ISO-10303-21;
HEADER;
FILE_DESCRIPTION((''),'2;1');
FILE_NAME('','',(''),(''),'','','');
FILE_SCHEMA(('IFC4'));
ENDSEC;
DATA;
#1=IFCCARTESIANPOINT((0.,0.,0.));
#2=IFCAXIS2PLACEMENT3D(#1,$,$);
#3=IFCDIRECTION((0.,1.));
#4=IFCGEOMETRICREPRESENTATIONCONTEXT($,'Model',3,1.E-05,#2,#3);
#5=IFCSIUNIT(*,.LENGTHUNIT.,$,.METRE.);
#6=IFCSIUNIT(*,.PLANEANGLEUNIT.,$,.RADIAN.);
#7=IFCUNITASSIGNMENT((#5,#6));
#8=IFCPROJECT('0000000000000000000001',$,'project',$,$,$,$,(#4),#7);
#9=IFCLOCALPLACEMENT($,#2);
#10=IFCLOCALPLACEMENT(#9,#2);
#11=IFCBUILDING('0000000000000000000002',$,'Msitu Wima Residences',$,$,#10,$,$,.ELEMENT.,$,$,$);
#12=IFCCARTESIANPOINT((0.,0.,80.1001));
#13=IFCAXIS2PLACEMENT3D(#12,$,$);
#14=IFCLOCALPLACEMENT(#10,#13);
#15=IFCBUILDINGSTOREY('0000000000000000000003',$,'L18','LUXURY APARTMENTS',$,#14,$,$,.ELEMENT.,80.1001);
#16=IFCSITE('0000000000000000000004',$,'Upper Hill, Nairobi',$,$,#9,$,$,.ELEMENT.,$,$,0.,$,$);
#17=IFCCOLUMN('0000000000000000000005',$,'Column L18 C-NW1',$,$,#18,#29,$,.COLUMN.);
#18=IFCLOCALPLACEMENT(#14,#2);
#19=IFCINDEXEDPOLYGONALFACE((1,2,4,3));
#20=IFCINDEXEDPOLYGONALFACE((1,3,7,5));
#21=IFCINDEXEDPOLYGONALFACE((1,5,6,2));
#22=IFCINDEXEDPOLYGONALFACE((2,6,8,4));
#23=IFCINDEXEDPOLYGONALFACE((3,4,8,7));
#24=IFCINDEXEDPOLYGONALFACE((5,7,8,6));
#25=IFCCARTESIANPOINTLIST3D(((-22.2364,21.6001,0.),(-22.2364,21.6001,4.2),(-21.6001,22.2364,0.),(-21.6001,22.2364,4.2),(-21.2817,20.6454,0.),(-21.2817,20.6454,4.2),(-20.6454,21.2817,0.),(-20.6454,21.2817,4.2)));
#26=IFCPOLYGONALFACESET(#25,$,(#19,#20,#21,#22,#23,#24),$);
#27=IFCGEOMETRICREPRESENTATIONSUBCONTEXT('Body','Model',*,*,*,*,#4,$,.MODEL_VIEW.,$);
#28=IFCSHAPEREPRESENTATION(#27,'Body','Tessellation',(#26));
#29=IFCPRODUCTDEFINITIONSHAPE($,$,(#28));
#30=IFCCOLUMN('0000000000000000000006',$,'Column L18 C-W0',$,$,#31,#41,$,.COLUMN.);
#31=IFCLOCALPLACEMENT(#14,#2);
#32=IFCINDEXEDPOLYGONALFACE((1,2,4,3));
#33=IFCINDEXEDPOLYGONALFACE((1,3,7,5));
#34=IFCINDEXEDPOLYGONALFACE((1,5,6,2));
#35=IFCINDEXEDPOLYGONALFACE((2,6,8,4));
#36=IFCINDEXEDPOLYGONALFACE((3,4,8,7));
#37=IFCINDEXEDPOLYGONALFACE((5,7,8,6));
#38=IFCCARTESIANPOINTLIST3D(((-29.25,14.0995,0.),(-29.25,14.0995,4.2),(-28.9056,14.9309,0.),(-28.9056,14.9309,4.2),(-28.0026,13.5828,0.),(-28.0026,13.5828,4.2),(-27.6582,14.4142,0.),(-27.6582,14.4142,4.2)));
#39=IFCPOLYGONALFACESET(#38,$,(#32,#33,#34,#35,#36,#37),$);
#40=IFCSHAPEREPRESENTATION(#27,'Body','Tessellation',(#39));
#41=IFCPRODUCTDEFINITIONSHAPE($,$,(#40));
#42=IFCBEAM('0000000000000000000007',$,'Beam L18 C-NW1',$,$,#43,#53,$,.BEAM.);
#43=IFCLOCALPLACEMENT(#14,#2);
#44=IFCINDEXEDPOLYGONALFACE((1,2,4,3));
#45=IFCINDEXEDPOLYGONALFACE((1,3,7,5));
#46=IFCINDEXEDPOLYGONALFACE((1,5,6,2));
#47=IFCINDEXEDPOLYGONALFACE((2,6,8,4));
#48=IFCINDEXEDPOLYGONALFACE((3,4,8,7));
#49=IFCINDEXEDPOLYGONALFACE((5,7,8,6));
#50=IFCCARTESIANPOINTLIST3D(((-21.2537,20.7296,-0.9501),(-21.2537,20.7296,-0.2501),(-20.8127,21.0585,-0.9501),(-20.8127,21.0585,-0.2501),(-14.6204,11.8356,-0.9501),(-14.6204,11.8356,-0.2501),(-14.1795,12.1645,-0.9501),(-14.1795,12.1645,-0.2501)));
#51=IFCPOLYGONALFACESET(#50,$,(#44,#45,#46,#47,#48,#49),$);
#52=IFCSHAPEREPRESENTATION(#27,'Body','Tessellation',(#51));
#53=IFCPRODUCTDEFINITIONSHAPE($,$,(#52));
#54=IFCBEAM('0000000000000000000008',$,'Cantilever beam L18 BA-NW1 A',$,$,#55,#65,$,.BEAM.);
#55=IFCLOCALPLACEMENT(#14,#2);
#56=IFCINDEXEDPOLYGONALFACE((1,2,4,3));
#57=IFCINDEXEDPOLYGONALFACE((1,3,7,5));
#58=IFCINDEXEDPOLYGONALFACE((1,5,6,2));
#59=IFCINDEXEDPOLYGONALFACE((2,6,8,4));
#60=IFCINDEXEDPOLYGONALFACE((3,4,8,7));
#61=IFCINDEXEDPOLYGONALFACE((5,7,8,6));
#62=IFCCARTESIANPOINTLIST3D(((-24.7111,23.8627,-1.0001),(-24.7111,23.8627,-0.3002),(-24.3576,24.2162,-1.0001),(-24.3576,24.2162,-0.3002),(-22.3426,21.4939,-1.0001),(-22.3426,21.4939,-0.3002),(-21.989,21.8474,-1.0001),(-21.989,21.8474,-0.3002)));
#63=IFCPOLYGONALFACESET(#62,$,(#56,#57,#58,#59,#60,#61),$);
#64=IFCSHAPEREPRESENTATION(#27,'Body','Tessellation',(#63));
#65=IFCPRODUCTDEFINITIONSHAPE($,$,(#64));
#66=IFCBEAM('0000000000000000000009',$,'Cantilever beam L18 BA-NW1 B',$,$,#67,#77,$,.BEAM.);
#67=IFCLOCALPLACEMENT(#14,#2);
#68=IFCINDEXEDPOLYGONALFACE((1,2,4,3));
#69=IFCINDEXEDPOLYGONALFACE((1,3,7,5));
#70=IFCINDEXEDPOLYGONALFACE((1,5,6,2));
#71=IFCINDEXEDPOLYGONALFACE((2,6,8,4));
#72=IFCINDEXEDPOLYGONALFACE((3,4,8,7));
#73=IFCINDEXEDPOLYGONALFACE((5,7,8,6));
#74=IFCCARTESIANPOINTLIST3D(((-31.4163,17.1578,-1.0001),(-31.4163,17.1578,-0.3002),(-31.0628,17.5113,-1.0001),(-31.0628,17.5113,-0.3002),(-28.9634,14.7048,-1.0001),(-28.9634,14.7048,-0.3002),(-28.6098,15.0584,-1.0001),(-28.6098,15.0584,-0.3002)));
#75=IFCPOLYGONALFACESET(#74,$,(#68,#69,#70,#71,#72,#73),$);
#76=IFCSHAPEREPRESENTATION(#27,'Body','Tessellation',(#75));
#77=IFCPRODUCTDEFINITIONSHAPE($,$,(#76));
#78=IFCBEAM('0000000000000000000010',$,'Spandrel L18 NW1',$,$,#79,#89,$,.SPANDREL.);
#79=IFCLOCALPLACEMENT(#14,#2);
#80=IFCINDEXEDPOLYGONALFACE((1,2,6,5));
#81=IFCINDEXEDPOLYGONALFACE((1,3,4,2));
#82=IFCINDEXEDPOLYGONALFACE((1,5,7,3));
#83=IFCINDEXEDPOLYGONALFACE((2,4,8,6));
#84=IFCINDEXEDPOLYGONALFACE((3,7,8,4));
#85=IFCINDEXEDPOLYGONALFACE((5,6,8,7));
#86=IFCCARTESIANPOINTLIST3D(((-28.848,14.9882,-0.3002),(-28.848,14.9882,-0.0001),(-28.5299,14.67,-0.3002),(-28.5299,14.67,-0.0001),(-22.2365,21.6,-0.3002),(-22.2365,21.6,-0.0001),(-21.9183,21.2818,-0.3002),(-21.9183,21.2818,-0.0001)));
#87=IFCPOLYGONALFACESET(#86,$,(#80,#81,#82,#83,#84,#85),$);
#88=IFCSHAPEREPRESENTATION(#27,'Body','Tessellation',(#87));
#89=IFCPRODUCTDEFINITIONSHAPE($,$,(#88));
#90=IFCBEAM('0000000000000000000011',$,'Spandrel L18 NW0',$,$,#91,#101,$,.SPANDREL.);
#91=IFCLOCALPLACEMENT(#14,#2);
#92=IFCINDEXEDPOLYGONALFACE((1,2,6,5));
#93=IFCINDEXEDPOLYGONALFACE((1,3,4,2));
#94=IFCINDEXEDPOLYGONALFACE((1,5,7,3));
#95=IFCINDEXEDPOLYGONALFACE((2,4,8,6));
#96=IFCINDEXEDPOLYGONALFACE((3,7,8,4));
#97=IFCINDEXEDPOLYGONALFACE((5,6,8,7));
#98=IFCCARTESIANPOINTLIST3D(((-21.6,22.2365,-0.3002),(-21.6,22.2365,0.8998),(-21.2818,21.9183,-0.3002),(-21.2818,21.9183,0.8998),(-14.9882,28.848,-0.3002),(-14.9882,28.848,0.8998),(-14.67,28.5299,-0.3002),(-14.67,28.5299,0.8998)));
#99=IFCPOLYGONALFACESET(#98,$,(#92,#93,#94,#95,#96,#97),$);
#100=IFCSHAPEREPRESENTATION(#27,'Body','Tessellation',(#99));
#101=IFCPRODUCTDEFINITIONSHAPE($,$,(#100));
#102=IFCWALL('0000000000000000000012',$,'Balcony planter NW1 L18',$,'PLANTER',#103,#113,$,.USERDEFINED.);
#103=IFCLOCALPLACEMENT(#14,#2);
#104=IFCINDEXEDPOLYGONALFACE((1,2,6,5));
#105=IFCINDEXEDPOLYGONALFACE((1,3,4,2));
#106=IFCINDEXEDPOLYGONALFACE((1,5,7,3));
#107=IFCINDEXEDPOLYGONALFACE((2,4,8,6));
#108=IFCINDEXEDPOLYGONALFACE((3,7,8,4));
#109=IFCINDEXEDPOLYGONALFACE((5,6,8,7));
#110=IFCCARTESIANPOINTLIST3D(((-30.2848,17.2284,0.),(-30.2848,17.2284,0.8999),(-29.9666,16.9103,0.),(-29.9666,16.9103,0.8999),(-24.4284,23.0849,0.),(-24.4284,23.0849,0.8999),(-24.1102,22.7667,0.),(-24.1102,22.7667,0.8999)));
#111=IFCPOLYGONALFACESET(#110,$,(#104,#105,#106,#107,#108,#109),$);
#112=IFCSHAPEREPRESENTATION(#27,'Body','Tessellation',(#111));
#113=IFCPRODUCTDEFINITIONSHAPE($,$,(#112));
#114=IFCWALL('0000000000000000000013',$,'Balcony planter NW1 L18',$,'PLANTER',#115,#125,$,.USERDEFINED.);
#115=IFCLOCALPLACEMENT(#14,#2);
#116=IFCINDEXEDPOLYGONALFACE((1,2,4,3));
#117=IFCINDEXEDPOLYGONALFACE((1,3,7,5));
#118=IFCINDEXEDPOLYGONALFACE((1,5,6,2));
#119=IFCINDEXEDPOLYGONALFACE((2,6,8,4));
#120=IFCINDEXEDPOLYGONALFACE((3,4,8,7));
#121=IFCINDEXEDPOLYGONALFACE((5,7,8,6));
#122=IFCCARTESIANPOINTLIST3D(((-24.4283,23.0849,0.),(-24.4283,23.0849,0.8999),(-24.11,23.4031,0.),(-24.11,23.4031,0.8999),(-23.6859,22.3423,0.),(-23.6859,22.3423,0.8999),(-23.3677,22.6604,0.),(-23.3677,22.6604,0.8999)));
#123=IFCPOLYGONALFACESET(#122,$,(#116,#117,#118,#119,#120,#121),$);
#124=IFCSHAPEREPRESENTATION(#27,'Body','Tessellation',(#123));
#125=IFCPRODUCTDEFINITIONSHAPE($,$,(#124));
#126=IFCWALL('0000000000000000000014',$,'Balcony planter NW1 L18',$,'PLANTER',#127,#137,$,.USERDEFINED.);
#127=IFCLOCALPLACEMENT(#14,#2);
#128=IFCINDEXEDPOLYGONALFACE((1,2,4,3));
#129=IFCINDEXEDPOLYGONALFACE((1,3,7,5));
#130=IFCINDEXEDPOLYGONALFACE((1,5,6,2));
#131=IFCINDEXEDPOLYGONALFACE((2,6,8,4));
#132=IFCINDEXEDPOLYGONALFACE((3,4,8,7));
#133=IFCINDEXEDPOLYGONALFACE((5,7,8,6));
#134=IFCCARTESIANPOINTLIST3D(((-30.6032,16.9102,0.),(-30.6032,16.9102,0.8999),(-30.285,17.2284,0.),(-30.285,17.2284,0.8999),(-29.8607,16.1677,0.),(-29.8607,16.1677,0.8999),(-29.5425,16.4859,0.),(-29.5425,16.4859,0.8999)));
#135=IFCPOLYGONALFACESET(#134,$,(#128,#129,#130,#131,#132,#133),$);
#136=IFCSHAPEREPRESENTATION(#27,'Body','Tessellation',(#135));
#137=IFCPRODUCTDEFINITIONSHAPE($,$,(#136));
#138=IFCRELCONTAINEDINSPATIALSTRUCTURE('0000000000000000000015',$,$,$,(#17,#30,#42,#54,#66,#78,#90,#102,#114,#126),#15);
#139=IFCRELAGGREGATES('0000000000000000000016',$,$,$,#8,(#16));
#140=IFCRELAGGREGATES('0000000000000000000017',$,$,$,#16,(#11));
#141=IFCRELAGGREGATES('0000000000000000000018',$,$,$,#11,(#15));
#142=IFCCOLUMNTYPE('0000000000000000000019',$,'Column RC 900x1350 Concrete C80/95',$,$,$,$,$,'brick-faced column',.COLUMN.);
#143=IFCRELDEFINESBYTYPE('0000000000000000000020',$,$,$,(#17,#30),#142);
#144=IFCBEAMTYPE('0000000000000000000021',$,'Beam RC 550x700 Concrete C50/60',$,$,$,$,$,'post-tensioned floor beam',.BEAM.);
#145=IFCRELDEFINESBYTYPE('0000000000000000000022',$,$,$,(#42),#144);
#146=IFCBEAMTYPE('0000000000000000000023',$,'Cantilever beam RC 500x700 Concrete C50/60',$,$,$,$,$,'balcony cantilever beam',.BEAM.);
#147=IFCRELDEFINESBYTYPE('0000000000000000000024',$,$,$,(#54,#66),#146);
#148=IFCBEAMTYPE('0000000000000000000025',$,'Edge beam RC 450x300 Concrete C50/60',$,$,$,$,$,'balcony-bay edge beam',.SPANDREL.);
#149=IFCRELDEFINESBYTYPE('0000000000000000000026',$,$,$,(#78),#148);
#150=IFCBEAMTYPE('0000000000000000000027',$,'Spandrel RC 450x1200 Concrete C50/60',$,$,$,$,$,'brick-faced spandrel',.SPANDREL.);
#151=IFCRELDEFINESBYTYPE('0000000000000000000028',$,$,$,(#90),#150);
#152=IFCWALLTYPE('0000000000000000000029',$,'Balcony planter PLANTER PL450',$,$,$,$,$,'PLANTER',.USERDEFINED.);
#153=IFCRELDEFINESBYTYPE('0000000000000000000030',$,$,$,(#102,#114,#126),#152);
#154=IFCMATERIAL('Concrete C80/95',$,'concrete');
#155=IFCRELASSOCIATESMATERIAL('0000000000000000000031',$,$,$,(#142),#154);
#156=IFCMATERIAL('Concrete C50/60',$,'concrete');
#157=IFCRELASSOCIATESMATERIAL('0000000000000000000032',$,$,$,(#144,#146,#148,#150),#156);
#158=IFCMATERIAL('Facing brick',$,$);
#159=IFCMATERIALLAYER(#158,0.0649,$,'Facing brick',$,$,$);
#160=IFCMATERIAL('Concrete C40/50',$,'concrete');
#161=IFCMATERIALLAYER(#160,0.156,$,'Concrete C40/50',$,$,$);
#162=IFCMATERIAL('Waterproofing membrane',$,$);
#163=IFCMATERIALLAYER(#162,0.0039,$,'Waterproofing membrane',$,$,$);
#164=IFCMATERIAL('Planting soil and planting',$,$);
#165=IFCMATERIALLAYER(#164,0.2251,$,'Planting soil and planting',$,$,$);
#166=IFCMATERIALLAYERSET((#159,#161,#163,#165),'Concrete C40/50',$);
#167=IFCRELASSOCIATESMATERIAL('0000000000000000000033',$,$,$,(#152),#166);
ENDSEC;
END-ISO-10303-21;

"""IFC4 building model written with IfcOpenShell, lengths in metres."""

from ifc_helpers import new_model, si_unit, direction, frame, frame_2d, origin, origin_2d, place, context, subcontext, project, spatial, rectangle, extrude, material, layer, layer_set, material_profile, profile_set, type_object, element, save


model = new_model("IFC4")

# Units and contexts
model_context = context("Model", 3, precision=1e-05, world=origin(), true_north=direction((0.0, 1.0)))
body_context = subcontext(model_context, "Body", "Model", "MODEL_VIEW")
ifc_project = project(units=[si_unit("LENGTHUNIT", "METRE"), si_unit("PLANEANGLEUNIT", "RADIAN")], contexts=[model_context])

# Site, building, storey
site_placement = place(None, origin())
site = spatial("IfcSite", under=ifc_project, at=site_placement, Name="Upper Hill, Nairobi", CompositionType="ELEMENT", RefElevation=0.0)
building_placement = place(site_placement, origin())
building = spatial("IfcBuilding", under=site, at=building_placement, Name="Msitu Wima Residences", CompositionType="ELEMENT")
storey_placement = place(building_placement, frame((0.0, 0.0, 80.1001)))
storey = spatial("IfcBuildingStorey", under=building, at=storey_placement, Name="L18", Description="LUXURY APARTMENTS", CompositionType="ELEMENT", Elevation=80.1001)

# Columns
ifc_material_1 = material(Name="Concrete C80/95", Category="concrete")
ifc_material_profile_1 = material_profile(ifc_material_1, rectangle(XDim=0.8999, YDim=1.3501, at=origin_2d()), Name="RC 900x1350")
ifc_profile_set_1 = profile_set([ifc_material_profile_1], Name="Concrete C80/95")
column_type = type_object("IfcColumnType", Name="Column RC 900x1350 Concrete C80/95", ElementType="brick-faced column", PredefinedType="COLUMN", material=ifc_profile_set_1)
for number, where, z_axis, x_axis, name in (
    (1, (-21.4409, 21.4409, 0.0), (0.0, 0.0, 1.0), (-0.707107, -0.707107, 0.0), "Column L18 C-NW1"),
    (2, (-28.4541, 14.2568, 0.0), (0.0, 0.0, 1.0), (-0.382683, -0.92388, 0.0), "Column L18 C-W0"),
):
    element("IfcColumn", number, at=place(storey_placement, frame(where, z_axis=z_axis, x_axis=x_axis)), inside=storey, type_object=column_type, Name=name, PredefinedType="COLUMN", context=body_context, shape_type="SweptSolid", body=[
        extrude(rectangle(XDim=0.8999, YDim=1.3501, at=origin_2d()), origin(), (0.0, 0.0, 1.0), 4.2),
    ])

# Beams
ifc_material_2 = material(Name="Concrete C50/60", Category="concrete")
ifc_material_profile_2 = material_profile(ifc_material_2, rectangle(XDim=0.55, YDim=0.7, at=origin_2d()), Name="RC 550x700")
ifc_profile_set_2 = profile_set([ifc_material_profile_2], Name="Concrete C50/60")
beam_type_1 = type_object("IfcBeamType", Name="Beam RC 550x700 Concrete C50/60", ElementType="post-tensioned floor beam", PredefinedType="BEAM", material=ifc_profile_set_2)
beam_1_placement = place(storey_placement, frame((-21.0332, 20.894, -0.6001), z_axis=(0.59785, -0.801608, 0.0), x_axis=(0.801608, 0.59785, 0.0)))
element("IfcBeam", 3, at=beam_1_placement, inside=storey, type_object=beam_type_1, Name="Beam L18 C-NW1", PredefinedType="BEAM", context=body_context, shape_type="SweptSolid", body=[
    extrude(rectangle(XDim=0.55, YDim=0.7, at=origin_2d()), origin(), (0.0, 0.0, 1.0), 11.0952),
])
ifc_material_profile_3 = material_profile(ifc_material_2, rectangle(XDim=0.5, YDim=0.7, at=origin_2d()), Name="RC 500x700")
ifc_profile_set_3 = profile_set([ifc_material_profile_3], Name="Concrete C50/60")
beam_type_2 = type_object("IfcBeamType", Name="Cantilever beam RC 500x700 Concrete C50/60", ElementType="balcony cantilever beam", PredefinedType="BEAM", material=ifc_profile_set_3)
beam_2_placement = place(storey_placement, frame((-22.1658, 21.6707, -0.6501), z_axis=(-0.70707, 0.707143, 0.0), x_axis=(-0.707143, -0.70707, 0.0)))
element("IfcBeam", 4, at=beam_2_placement, inside=storey, type_object=beam_type_2, Name="Cantilever beam L18 BA-NW1 A", PredefinedType="BEAM", context=body_context, shape_type="SweptSolid", body=[
    extrude(rectangle(XDim=0.5, YDim=0.7, at=origin_2d()), origin(), (0.0, 0.0, 1.0), 3.3499),
])
beam_3_placement = place(storey_placement, frame((-28.7866, 14.8816, -0.6501), z_axis=(-0.707107, 0.707107, 0.0), x_axis=(-0.707107, -0.707107, 0.0)))
element("IfcBeam", 5, at=beam_3_placement, inside=storey, type_object=beam_type_2, Name="Cantilever beam L18 BA-NW1 B", PredefinedType="BEAM", context=body_context, shape_type="SweptSolid", body=[
    extrude(rectangle(XDim=0.5, YDim=0.7, at=origin_2d()), origin(), (0.0, 0.0, 1.0), 3.469),
])
ifc_material_profile_4 = material_profile(ifc_material_2, rectangle(XDim=0.45, YDim=0.3, at=origin_2d()), Name="RC 450x300")
ifc_profile_set_4 = profile_set([ifc_material_profile_4], Name="Concrete C50/60")
beam_type_3 = type_object("IfcBeamType", Name="Edge beam RC 450x300 Concrete C50/60", ElementType="balcony-bay edge beam", PredefinedType="SPANDREL", material=ifc_profile_set_4)
beam_4_placement = place(storey_placement, frame((-22.0774, 21.4409, -0.1501), z_axis=(-0.707094, -0.70712, 0.0), x_axis=(0.70712, -0.707094, 0.0)))
element("IfcBeam", 6, at=beam_4_placement, inside=storey, type_object=beam_type_3, Name="Spandrel L18 NW1", PredefinedType="SPANDREL", context=body_context, shape_type="SweptSolid", body=[
    extrude(rectangle(XDim=0.45, YDim=0.3, at=origin_2d()), origin(), (0.0, 0.0, 1.0), 9.3503),
])
ifc_material_profile_5 = material_profile(ifc_material_2, rectangle(XDim=0.45, YDim=1.2, at=origin_2d()), Name="RC 450x1200")
ifc_profile_set_5 = profile_set([ifc_material_profile_5], Name="Concrete C50/60")
beam_type_4 = type_object("IfcBeamType", Name="Spandrel RC 450x1200 Concrete C50/60", ElementType="brick-faced spandrel", PredefinedType="SPANDREL", material=ifc_profile_set_5)
beam_5_placement = place(storey_placement, frame((-14.8291, 28.689, 0.2998), z_axis=(-0.70712, -0.707094, 0.0), x_axis=(0.707094, -0.70712, 0.0)))
element("IfcBeam", 7, at=beam_5_placement, inside=storey, type_object=beam_type_4, Name="Spandrel L18 NW0", PredefinedType="SPANDREL", context=body_context, shape_type="SweptSolid", body=[
    extrude(rectangle(XDim=0.45, YDim=1.2, at=origin_2d()), origin(), (0.0, 0.0, 1.0), 9.3503),
])

# Walls
ifc_material_3 = material(Name="Facing brick")
ifc_layer_1 = layer(ifc_material_3, 0.0649, Name="Facing brick")
ifc_material_4 = material(Name="Concrete C40/50", Category="concrete")
ifc_layer_2 = layer(ifc_material_4, 0.156, Name="Concrete C40/50")
ifc_material_5 = material(Name="Waterproofing membrane")
ifc_layer_3 = layer(ifc_material_5, 0.0039, Name="Waterproofing membrane")
ifc_material_6 = material(Name="Planting soil and planting")
ifc_layer_4 = layer(ifc_material_6, 0.2251, Name="Planting soil and planting")
ifc_layer_set_1 = layer_set([ifc_layer_1, ifc_layer_2, ifc_layer_3, ifc_layer_4], Name="Concrete C40/50")
wall_type_1 = type_object("IfcWallType", Name="Balcony planter PLANTER PL450", ElementType="PLANTER", PredefinedType="USERDEFINED", material=ifc_layer_set_1)
wall_1_placement = place(storey_placement, frame((-24.2693, 22.9258, 0.0), z_axis=(0.0, 0.0, 1.0), x_axis=(-0.707107, -0.707107, 0.0)))
element("IfcWall", 8, at=wall_1_placement, inside=storey, type_object=wall_type_1, Name="Balcony planter NW1 L18", ObjectType="PLANTER", PredefinedType="USERDEFINED", context=body_context, shape_type="SweptSolid", body=[
    extrude(rectangle(XDim=8.2822, YDim=0.45, at=frame_2d((4.1411, 0.0))), origin(), (0.0, 0.0, 1.0), 0.8999),
])
for number, where, z_axis, x_axis, name in (
    (9, (-23.5269, 22.5015, 0.0), (0.0, 0.0, 1.0), (-0.706991, 0.707223, 0.0), "Balcony planter NW1 L18"),
    (10, (-29.7017, 16.3269, 0.0), (0.0, 0.0, 1.0), (-0.707107, 0.707107, 0.0), "Balcony planter NW1 L18"),
):
    element("IfcWall", number, at=place(storey_placement, frame(where, z_axis=z_axis, x_axis=x_axis)), inside=storey, type_object=wall_type_1, Name=name, ObjectType="PLANTER", PredefinedType="USERDEFINED", context=body_context, shape_type="SweptSolid", body=[
        extrude(rectangle(XDim=1.05, YDim=0.45, at=frame_2d((0.5249, 0.0))), origin(), (0.0, 0.0, 1.0), 0.8999),
    ])

save(model, "model.ifc")
